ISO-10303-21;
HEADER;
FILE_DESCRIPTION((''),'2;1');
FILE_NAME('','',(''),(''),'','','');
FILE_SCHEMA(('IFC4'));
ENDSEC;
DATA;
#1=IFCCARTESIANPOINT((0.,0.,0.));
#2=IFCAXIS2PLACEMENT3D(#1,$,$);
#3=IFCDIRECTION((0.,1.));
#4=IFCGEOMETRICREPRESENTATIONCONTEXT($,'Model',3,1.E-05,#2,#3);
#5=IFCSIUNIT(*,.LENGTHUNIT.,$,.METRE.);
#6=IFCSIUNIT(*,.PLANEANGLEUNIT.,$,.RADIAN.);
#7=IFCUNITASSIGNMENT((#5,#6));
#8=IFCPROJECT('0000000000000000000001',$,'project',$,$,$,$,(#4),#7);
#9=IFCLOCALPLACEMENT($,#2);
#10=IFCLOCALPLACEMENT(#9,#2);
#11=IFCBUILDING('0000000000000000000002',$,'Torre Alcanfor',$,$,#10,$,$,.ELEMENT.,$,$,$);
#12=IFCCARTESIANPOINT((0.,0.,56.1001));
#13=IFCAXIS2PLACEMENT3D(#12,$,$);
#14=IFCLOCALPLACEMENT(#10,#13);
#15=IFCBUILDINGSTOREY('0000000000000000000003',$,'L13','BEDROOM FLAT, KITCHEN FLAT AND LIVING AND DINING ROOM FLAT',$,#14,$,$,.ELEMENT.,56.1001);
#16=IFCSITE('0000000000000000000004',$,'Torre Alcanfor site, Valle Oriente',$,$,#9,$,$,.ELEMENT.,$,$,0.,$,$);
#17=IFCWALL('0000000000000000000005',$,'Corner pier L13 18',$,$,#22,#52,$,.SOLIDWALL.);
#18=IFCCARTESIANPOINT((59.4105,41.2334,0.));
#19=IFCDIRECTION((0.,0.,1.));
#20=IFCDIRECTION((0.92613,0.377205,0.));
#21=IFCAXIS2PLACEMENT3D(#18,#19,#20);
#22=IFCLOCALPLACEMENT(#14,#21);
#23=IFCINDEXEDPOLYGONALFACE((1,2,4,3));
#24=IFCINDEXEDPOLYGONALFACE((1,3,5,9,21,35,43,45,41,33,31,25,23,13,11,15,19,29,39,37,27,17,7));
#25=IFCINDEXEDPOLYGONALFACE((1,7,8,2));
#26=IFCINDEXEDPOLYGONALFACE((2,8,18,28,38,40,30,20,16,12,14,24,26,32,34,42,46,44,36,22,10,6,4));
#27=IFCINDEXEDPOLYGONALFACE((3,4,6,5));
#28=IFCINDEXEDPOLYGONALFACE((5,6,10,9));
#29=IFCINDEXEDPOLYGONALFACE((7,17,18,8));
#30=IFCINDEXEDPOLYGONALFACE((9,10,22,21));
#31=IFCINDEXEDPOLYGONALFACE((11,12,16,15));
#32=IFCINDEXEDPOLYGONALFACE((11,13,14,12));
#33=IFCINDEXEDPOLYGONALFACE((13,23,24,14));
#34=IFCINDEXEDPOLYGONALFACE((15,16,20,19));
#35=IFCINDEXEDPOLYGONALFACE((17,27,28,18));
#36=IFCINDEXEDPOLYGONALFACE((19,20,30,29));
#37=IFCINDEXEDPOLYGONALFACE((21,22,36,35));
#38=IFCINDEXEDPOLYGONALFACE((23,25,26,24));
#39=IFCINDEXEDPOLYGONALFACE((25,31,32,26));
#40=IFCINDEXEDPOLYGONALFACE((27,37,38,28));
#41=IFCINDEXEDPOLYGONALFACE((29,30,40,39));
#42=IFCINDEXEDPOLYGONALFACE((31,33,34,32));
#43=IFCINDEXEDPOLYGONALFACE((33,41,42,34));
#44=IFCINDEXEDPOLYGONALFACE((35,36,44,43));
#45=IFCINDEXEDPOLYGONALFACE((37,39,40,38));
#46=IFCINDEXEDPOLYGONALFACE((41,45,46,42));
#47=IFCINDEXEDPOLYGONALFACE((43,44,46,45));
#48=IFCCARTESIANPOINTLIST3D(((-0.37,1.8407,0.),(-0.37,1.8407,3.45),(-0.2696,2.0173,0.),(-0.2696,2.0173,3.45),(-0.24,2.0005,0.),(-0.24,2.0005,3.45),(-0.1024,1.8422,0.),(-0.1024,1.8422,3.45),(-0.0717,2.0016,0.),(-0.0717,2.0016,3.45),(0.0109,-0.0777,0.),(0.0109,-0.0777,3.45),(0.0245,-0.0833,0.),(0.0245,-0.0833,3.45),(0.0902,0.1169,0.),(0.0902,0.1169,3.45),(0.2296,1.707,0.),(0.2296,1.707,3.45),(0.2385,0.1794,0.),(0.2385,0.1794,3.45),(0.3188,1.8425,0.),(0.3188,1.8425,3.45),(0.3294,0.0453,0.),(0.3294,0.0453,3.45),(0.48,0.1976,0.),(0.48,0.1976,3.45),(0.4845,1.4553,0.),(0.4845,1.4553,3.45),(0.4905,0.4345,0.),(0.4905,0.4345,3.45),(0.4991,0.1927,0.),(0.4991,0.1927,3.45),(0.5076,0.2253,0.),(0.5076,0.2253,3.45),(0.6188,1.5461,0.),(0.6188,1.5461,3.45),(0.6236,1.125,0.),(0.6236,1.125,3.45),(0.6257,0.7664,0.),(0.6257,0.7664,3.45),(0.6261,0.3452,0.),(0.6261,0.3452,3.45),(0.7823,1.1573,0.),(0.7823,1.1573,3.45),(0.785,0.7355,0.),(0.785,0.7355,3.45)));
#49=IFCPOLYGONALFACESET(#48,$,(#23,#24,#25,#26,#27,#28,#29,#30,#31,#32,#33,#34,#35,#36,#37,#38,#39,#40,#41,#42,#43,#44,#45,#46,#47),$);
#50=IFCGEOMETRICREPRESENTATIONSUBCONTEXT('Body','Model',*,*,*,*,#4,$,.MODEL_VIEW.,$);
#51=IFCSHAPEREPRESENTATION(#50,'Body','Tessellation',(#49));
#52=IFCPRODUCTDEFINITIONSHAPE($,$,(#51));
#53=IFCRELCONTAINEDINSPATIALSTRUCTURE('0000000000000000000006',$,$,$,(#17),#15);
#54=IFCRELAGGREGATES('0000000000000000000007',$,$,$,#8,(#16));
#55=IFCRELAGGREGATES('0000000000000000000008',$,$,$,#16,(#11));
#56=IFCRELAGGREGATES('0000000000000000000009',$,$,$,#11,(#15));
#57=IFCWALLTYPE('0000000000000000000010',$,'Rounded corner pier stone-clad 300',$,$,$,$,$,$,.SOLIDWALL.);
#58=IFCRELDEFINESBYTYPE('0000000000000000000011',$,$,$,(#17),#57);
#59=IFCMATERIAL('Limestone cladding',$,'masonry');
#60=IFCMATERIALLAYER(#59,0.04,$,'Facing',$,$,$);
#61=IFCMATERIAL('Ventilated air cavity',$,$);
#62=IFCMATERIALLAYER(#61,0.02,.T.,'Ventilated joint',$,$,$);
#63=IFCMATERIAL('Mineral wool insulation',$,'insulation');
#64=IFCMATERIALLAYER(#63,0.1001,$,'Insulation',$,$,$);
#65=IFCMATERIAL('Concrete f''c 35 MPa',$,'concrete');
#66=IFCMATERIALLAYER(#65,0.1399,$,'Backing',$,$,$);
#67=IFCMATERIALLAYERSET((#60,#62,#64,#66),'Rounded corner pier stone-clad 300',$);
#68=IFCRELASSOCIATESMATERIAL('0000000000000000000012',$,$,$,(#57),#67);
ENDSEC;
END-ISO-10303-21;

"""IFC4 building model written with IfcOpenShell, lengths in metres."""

from ifc_helpers import new_model, si_unit, direction, frame, origin, place, context, subcontext, project, spatial, polyline, outline, extrude, material, layer, layer_set, type_object, element, save


model = new_model("IFC4")

# Units and contexts
model_context = context("Model", 3, precision=1e-05, world=origin(), true_north=direction((0.0, 1.0)))
body_context = subcontext(model_context, "Body", "Model", "MODEL_VIEW")
ifc_project = project(units=[si_unit("LENGTHUNIT", "METRE"), si_unit("PLANEANGLEUNIT", "RADIAN")], contexts=[model_context])

# Site, building, storey
site_placement = place(None, origin())
site = spatial("IfcSite", under=ifc_project, at=site_placement, Name="Torre Alcanfor site, Valle Oriente", CompositionType="ELEMENT", RefElevation=0.0)
building_placement = place(site_placement, origin())
building = spatial("IfcBuilding", under=site, at=building_placement, Name="Torre Alcanfor", CompositionType="ELEMENT")
storey_placement = place(building_placement, frame((0.0, 0.0, 56.1001)))
storey = spatial("IfcBuildingStorey", under=building, at=storey_placement, Name="L13", Description="BEDROOM FLAT, KITCHEN FLAT AND LIVING AND DINING ROOM FLAT", CompositionType="ELEMENT", Elevation=56.1001)

# Wall
ifc_material_1 = material(Name="Limestone cladding", Category="masonry")
ifc_layer_1 = layer(ifc_material_1, 0.04, Name="Facing")
ifc_material_2 = material(Name="Ventilated air cavity")
ifc_layer_2 = layer(ifc_material_2, 0.02, ventilated=True, Name="Ventilated joint")
ifc_material_3 = material(Name="Mineral wool insulation", Category="insulation")
ifc_layer_3 = layer(ifc_material_3, 0.1001, Name="Insulation")
ifc_material_4 = material(Name="Concrete f'c 35 MPa", Category="concrete")
ifc_layer_4 = layer(ifc_material_4, 0.1399, Name="Backing")
ifc_layer_set_1 = layer_set([ifc_layer_1, ifc_layer_2, ifc_layer_3, ifc_layer_4], Name="Rounded corner pier stone-clad 300")
wall_type_1 = type_object("IfcWallType", Name="Rounded corner pier stone-clad 300", PredefinedType="SOLIDWALL", material=ifc_layer_set_1)
wall_1_placement = place(storey_placement, frame((59.4105, 41.2334, 0.0), z_axis=(0.0, 0.0, 1.0), x_axis=(0.92613, 0.377205, 0.0)))
element("IfcWall", 1, at=wall_1_placement, inside=storey, type_object=wall_type_1, Name="Corner pier L13 18", PredefinedType="SOLIDWALL", context=body_context, shape_type="SweptSolid", body=[
    extrude(outline(polyline([(0.6261, 0.3452), (0.785, 0.7355), (0.7823, 1.1573), (0.6188, 1.5461), (0.3188, 1.8425), (-0.0717, 2.0016), (-0.24, 2.0005), (-0.2696, 2.0173), (-0.37, 1.8407), (-0.1024, 1.8422), (0.2296, 1.707), (0.4845, 1.4553), (0.6236, 1.125), (0.6257, 0.7664), (0.4905, 0.4345), (0.2385, 0.1794), (0.0902, 0.1169), (0.0109, -0.0777), (0.0245, -0.0833), (0.3294, 0.0453), (0.48, 0.1976), (0.4991, 0.1927), (0.5076, 0.2253), (0.6261, 0.3452)])), origin(), (0.0, 0.0, 1.0), 3.45),
])

save(model, "model.ifc")
